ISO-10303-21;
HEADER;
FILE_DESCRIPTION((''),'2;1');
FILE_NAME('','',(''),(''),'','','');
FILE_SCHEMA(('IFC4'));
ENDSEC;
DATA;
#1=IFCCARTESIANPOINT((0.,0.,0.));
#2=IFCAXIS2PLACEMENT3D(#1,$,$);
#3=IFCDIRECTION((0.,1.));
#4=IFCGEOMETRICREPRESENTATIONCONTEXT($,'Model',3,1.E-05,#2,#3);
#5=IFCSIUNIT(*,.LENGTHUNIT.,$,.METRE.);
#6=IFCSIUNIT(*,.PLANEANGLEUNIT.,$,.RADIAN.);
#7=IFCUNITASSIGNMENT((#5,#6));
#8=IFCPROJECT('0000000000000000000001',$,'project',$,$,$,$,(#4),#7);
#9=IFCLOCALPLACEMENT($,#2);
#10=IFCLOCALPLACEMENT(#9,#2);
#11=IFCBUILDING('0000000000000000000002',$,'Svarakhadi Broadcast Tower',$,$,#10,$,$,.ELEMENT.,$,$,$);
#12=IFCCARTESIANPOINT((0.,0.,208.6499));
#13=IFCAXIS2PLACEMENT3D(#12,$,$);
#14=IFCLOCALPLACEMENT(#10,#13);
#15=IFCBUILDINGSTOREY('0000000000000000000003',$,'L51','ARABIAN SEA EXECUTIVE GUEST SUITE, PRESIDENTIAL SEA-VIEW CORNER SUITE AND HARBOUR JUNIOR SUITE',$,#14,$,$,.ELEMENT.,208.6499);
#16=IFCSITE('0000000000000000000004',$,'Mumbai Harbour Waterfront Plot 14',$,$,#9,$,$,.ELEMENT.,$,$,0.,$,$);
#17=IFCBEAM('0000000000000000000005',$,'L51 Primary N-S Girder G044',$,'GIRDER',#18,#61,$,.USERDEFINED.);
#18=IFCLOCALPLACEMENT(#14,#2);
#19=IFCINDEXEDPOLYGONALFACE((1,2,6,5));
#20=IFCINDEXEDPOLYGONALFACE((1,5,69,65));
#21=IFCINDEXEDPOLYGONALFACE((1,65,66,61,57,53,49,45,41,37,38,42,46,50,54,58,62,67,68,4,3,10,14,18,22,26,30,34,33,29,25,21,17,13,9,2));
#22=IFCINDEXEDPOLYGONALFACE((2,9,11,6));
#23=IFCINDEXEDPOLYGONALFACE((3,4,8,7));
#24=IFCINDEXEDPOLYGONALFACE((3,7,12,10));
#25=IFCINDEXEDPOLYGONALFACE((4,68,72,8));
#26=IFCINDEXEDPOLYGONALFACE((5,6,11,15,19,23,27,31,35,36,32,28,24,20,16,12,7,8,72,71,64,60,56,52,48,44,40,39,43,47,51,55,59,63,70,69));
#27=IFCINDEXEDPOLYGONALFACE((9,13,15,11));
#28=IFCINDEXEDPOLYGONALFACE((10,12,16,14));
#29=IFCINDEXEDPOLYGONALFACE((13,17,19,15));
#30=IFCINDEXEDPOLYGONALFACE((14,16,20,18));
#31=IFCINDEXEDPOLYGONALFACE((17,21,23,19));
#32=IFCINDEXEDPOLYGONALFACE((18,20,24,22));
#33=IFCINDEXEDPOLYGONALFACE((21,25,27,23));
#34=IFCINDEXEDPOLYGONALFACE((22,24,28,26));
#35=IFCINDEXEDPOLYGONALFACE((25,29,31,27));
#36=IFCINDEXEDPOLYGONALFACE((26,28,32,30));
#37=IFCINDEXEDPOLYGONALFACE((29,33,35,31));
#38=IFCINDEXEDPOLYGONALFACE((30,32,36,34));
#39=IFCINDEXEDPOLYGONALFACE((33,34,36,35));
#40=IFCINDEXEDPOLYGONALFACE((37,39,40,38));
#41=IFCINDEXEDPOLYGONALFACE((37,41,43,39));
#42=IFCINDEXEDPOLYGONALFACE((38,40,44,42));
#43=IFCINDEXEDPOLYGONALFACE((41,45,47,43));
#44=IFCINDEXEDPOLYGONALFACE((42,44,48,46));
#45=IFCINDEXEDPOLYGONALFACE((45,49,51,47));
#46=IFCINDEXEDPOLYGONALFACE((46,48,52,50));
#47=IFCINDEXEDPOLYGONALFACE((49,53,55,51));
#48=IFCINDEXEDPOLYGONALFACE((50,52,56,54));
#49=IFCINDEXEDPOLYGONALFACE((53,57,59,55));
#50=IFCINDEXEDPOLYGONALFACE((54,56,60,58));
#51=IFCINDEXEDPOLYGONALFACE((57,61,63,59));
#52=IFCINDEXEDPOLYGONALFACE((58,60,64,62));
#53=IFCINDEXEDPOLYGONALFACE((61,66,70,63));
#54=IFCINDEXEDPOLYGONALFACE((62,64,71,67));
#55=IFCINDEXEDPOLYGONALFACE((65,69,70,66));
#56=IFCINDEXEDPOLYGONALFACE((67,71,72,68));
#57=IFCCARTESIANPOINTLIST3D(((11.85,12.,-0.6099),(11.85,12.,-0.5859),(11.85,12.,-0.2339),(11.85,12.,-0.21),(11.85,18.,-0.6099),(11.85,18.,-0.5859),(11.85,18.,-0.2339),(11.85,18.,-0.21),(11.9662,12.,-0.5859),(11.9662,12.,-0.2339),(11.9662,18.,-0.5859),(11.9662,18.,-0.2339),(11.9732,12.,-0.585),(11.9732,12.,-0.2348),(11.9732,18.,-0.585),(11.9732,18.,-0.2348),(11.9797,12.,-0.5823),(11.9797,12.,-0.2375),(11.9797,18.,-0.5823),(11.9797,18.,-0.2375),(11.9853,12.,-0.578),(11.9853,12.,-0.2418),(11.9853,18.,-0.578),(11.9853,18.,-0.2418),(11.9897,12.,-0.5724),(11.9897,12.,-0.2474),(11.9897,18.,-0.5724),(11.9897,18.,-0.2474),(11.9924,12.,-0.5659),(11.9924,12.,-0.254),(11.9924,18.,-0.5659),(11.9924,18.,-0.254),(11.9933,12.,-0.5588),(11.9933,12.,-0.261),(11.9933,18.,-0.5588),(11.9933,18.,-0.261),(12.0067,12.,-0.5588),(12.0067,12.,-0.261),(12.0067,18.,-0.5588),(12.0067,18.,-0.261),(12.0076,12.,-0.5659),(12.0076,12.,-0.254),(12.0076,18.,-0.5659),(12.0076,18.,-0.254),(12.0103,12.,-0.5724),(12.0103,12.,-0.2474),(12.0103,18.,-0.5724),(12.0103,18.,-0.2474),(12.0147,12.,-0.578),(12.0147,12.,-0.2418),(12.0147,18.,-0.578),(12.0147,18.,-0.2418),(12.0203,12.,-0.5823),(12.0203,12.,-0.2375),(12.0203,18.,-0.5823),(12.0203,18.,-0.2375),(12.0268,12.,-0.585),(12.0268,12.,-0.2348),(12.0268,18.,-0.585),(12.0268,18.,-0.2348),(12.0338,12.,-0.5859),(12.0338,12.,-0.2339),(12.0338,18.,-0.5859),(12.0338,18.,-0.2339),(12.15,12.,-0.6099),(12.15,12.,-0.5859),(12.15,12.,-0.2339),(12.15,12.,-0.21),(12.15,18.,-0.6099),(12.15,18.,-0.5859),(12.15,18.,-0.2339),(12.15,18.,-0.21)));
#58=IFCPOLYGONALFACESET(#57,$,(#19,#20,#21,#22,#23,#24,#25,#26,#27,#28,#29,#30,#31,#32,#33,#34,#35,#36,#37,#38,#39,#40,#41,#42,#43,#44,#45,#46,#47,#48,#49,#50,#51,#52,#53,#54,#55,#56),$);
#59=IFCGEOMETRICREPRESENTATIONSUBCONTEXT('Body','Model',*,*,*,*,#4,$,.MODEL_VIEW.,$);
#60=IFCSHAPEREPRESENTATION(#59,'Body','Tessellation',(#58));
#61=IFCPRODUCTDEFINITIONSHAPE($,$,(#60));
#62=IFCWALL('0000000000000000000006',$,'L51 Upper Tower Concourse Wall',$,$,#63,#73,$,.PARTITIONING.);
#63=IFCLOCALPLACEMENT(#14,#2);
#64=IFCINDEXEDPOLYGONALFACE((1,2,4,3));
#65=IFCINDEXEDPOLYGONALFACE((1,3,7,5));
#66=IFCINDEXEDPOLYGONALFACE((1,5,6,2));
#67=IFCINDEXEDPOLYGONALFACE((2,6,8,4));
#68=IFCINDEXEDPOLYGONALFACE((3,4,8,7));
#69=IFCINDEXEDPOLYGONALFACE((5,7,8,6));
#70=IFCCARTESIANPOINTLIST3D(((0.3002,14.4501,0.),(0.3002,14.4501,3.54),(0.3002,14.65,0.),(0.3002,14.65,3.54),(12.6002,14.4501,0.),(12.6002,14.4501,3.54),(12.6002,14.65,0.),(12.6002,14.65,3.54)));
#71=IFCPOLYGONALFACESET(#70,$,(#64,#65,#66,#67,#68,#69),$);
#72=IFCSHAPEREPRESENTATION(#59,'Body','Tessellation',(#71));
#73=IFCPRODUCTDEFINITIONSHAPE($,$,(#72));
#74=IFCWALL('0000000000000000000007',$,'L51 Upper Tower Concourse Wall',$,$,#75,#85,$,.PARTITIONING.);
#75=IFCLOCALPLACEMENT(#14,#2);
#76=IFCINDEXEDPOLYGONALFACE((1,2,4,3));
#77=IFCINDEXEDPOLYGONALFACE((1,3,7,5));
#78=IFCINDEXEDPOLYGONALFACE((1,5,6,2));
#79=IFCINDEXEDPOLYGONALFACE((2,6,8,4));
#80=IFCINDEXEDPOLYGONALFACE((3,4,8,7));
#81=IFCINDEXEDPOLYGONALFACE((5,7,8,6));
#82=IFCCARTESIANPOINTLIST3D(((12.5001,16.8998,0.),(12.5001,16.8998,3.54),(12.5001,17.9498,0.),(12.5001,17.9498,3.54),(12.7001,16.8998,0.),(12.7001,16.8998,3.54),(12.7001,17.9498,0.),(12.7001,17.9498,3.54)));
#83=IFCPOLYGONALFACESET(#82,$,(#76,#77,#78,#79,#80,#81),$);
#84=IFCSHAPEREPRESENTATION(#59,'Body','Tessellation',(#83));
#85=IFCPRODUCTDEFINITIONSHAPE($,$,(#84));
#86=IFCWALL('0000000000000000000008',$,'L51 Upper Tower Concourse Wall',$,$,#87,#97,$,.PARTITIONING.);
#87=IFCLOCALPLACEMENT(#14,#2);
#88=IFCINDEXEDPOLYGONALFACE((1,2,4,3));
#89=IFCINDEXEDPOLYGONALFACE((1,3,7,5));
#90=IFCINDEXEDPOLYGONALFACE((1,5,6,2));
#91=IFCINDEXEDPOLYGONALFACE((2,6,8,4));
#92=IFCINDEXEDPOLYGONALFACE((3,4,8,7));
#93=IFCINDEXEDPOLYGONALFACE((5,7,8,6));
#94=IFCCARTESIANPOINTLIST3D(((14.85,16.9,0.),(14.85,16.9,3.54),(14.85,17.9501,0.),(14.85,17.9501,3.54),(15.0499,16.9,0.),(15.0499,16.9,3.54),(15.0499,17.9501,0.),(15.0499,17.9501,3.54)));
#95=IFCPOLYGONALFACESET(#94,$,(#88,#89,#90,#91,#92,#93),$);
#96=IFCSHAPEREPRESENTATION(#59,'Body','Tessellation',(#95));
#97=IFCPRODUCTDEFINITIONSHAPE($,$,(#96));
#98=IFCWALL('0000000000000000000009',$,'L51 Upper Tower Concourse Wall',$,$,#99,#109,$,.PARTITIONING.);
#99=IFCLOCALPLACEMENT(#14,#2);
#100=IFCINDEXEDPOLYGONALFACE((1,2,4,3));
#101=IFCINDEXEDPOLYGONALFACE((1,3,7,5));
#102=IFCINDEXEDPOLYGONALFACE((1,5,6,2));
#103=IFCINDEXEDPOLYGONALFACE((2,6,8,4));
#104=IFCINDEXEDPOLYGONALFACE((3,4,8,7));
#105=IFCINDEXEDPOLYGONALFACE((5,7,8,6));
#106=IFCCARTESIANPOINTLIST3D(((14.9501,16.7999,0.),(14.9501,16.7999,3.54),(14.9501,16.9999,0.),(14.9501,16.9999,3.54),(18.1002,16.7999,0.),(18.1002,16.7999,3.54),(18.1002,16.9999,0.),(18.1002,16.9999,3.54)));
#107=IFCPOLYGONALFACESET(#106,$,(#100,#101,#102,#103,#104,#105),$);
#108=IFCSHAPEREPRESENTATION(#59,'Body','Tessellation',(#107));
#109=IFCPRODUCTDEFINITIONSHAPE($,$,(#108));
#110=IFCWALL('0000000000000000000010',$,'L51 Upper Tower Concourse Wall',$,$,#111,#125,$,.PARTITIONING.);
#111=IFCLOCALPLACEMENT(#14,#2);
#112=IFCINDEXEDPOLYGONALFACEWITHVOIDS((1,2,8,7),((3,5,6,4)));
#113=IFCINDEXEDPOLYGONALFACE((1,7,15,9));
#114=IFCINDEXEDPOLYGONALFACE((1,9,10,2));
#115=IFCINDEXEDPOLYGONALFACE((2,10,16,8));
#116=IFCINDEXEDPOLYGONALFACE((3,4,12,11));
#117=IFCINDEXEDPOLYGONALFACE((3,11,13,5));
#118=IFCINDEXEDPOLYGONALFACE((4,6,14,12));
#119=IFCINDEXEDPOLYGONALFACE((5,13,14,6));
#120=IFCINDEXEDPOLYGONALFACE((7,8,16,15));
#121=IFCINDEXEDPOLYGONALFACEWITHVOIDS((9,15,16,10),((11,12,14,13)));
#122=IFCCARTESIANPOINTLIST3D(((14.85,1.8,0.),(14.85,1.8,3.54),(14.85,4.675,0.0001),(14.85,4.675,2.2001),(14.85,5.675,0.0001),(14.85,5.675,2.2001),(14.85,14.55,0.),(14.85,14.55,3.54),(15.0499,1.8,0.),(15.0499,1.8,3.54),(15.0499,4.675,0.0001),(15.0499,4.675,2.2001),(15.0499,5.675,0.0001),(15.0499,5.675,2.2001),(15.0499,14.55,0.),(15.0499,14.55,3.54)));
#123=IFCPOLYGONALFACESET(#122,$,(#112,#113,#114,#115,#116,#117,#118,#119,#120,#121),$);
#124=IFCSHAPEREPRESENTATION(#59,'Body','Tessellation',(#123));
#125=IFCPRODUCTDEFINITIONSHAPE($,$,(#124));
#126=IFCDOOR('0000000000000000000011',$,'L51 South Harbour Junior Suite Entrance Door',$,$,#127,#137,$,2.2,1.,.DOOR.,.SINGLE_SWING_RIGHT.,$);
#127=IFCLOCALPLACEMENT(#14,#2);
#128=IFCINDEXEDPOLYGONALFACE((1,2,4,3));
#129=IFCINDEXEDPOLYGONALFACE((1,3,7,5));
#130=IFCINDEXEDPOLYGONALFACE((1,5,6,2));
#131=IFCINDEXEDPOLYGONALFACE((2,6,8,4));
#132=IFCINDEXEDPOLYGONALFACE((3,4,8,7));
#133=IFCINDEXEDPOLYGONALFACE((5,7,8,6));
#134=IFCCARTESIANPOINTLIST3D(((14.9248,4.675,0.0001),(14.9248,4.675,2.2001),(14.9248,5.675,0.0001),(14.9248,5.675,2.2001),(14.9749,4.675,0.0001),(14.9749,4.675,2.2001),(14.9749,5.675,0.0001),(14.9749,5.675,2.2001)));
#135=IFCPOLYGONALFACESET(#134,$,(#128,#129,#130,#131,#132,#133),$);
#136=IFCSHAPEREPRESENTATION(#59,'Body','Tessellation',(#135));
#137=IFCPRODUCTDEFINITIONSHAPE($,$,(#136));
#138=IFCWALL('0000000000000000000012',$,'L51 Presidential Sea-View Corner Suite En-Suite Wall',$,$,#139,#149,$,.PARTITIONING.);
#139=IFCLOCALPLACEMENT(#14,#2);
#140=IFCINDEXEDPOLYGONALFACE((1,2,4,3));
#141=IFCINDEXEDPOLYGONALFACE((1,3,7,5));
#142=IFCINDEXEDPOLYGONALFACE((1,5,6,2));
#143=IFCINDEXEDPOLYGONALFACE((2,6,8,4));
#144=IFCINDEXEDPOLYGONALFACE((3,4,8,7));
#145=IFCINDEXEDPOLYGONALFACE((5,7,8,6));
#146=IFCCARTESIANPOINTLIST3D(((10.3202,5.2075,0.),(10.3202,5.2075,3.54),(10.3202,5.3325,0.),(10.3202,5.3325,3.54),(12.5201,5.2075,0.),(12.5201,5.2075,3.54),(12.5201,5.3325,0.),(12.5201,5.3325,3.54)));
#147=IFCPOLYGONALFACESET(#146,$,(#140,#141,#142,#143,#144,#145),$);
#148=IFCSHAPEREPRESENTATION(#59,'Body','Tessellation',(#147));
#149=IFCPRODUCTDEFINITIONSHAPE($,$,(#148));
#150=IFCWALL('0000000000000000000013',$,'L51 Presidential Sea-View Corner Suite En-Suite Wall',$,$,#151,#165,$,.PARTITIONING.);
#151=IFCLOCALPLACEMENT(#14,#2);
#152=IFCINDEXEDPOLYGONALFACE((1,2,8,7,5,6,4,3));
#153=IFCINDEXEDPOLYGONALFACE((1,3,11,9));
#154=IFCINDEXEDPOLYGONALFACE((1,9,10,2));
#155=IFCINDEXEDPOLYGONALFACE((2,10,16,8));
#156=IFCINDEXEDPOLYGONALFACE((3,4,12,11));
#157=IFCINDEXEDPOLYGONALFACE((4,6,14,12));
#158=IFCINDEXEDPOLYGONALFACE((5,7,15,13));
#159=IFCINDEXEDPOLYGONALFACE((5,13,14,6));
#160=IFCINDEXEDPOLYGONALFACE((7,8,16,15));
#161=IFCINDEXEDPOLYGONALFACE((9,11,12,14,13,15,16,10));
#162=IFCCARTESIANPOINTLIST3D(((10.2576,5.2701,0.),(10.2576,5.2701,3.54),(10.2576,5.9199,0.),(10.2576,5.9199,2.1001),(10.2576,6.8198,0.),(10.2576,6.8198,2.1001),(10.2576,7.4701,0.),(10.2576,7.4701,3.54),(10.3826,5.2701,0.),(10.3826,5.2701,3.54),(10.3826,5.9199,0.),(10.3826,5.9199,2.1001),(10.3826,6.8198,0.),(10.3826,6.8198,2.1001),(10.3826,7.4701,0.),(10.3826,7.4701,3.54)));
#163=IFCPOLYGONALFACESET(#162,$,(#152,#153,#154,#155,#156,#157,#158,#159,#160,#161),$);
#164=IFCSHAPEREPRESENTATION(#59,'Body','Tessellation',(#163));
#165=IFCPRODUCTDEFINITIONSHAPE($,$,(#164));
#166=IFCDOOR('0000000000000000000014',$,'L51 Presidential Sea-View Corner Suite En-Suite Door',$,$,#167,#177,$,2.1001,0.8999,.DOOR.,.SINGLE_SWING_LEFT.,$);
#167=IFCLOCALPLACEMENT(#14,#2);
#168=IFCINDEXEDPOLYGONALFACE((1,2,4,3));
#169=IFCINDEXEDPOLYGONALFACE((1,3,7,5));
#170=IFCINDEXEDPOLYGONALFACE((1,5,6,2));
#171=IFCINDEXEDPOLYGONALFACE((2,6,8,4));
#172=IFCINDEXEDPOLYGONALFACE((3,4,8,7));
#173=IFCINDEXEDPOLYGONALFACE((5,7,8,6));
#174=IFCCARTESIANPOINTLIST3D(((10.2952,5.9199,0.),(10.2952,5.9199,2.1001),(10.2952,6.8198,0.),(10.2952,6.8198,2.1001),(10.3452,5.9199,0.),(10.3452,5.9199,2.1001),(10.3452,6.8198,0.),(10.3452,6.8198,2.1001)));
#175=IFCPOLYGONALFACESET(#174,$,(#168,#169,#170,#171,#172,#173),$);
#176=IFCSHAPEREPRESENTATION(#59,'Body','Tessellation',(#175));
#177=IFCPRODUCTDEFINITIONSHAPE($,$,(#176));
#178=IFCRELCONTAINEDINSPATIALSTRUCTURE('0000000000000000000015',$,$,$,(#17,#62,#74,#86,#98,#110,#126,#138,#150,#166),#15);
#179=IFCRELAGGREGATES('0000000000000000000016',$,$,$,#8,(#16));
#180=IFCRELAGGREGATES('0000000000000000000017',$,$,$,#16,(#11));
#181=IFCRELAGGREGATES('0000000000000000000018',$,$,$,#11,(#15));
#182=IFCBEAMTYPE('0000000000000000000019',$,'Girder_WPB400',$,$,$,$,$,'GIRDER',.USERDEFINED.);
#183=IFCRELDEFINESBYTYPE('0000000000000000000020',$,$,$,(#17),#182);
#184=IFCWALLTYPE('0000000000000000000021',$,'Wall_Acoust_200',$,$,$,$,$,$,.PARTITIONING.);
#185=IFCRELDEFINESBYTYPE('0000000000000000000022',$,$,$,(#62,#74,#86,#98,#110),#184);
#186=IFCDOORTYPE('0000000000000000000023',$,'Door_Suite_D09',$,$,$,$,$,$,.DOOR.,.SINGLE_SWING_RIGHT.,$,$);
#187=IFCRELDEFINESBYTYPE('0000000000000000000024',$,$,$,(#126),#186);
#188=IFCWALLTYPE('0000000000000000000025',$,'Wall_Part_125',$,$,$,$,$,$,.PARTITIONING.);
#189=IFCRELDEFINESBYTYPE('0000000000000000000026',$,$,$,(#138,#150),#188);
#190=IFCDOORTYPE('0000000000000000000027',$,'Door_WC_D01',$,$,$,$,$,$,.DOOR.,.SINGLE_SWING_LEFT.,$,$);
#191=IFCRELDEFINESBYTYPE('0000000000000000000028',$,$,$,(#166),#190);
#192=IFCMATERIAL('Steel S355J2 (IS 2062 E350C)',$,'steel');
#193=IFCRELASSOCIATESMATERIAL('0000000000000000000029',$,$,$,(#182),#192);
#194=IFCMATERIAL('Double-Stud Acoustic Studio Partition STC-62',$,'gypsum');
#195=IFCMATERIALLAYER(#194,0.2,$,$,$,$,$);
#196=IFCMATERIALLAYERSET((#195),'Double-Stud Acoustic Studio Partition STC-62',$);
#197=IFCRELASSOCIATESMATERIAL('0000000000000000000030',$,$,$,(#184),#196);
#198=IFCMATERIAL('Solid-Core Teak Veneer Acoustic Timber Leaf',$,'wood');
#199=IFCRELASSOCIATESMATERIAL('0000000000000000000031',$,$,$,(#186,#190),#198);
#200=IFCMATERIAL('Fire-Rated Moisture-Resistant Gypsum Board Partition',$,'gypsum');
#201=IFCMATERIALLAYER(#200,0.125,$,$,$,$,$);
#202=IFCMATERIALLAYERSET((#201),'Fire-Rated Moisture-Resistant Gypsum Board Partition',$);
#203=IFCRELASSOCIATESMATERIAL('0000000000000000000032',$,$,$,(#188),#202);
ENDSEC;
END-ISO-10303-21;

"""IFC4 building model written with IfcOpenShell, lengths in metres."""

from ifc_helpers import new_model, si_unit, direction, frame, frame_2d, origin, origin_2d, place, context, subcontext, project, spatial, rectangle, i_section, extrude, material, layer, layer_set, material_profile, profile_set, type_object, element, fill, save


model = new_model("IFC4")

# Units and contexts
model_context = context("Model", 3, precision=1e-05, world=origin(), true_north=direction((0.0, 1.0)))
body_context = subcontext(model_context, "Body", "Model", "MODEL_VIEW")
ifc_project = project(units=[si_unit("LENGTHUNIT", "METRE"), si_unit("PLANEANGLEUNIT", "RADIAN")], contexts=[model_context])

# Site, building, storey
site_placement = place(None, origin())
site = spatial("IfcSite", under=ifc_project, at=site_placement, Name="Mumbai Harbour Waterfront Plot 14", CompositionType="ELEMENT", RefElevation=0.0)
building_placement = place(site_placement, origin())
building = spatial("IfcBuilding", under=site, at=building_placement, Name="Svarakhadi Broadcast Tower", CompositionType="ELEMENT")
storey_placement = place(building_placement, frame((0.0, 0.0, 208.6499)))
storey = spatial("IfcBuildingStorey", under=building, at=storey_placement, Name="L51", Description="ARABIAN SEA EXECUTIVE GUEST SUITE, PRESIDENTIAL SEA-VIEW CORNER SUITE AND HARBOUR JUNIOR SUITE", CompositionType="ELEMENT", Elevation=208.6499)

# Beam
ifc_material_1 = material(Name="Steel S355J2 (IS 2062 E350C)", Category="steel")
ifc_material_profile_1 = material_profile(ifc_material_1, i_section(OverallWidth=0.3, OverallDepth=0.3999, WebThickness=0.0134, FlangeThickness=0.0239, FilletRadius=0.0271, at=origin_2d()), Name="WPB 400x300x155")
ifc_profile_set_1 = profile_set([ifc_material_profile_1], Name="Steel S355J2 (IS 2062 E350C)")
beam_type_1 = type_object("IfcBeamType", Name="Girder_WPB400", ElementType="GIRDER", PredefinedType="USERDEFINED", material=ifc_profile_set_1)
for number, where, z_axis, x_axis, name in (
    (1, (12.0, 12.0, -0.4099), (0.0, 1.0, 0.0), (-1.0, 0.0, 0.0), "L51 Primary N-S Girder G044"),
):
    element("IfcBeam", number, at=place(storey_placement, frame(where, z_axis=z_axis, x_axis=x_axis)), inside=storey, type_object=beam_type_1, Name=name, ObjectType="GIRDER", PredefinedType="USERDEFINED", context=body_context, shape_type="SweptSolid", body=[
        extrude(i_section(OverallWidth=0.3, OverallDepth=0.3999, WebThickness=0.0134, FlangeThickness=0.0239, FilletRadius=0.0271, at=origin_2d()), origin(), (0.0, 0.0, 1.0), 6.0),
    ])

# Walls
ifc_material_2 = material(Name="Double-Stud Acoustic Studio Partition STC-62", Category="gypsum")
ifc_layer_1 = layer(ifc_material_2, 0.2)
ifc_layer_set_1 = layer_set([ifc_layer_1], Name="Double-Stud Acoustic Studio Partition STC-62")
wall_type_1 = type_object("IfcWallType", Name="Wall_Acoust_200", PredefinedType="PARTITIONING", material=ifc_layer_set_1)
wall_1_placement = place(storey_placement, frame((12.6001, 14.55, 0.0), z_axis=(0.0, 0.0, 1.0), x_axis=(-1.0, 0.0, 0.0)))
element("IfcWall", 2, at=wall_1_placement, inside=storey, type_object=wall_type_1, Name="L51 Upper Tower Concourse Wall", PredefinedType="PARTITIONING", context=body_context, shape_type="SweptSolid", body=[
    extrude(rectangle(XDim=12.3, YDim=0.2, at=frame_2d((6.1499, 0.0))), origin(), (0.0, 0.0, 1.0), 3.54),
])
for number, where, z_axis, x_axis, name in (
    (3, (12.6001, 16.8999, 0.0), (0.0, 0.0, 1.0), (0.0, 1.0, 0.0), "L51 Upper Tower Concourse Wall"),
    (4, (14.95, 17.95, 0.0), (0.0, 0.0, 1.0), (0.0, -1.0, 0.0), "L51 Upper Tower Concourse Wall"),
):
    element("IfcWall", number, at=place(storey_placement, frame(where, z_axis=z_axis, x_axis=x_axis)), inside=storey, type_object=wall_type_1, Name=name, PredefinedType="PARTITIONING", context=body_context, shape_type="SweptSolid", body=[
        extrude(rectangle(XDim=1.05, YDim=0.2, at=frame_2d((0.5249, 0.0))), origin(), (0.0, 0.0, 1.0), 3.54),
    ])
wall_2_placement = place(storey_placement, frame((14.95, 16.8999, 0.0), z_axis=(0.0, 0.0, 1.0), x_axis=(1.0, 0.0, 0.0)))
element("IfcWall", 5, at=wall_2_placement, inside=storey, type_object=wall_type_1, Name="L51 Upper Tower Concourse Wall", PredefinedType="PARTITIONING", context=body_context, shape_type="SweptSolid", body=[
    extrude(rectangle(XDim=3.1501, YDim=0.2, at=frame_2d((1.5752, 0.0))), origin(), (0.0, 0.0, 1.0), 3.54),
])

# Wall, opening, door
wall_3_placement = place(storey_placement, frame((14.95, 14.55, 0.0), z_axis=(0.0, 0.0, 1.0), x_axis=(0.0, -1.0, 0.0)))
wall_3 = element("IfcWall", 6, at=wall_3_placement, inside=storey, type_object=wall_type_1, Name="L51 Upper Tower Concourse Wall", PredefinedType="PARTITIONING", context=body_context, shape_type="SweptSolid", body=[
    extrude(rectangle(XDim=12.75, YDim=0.2, at=frame_2d((6.375, 0.0))), origin(), (0.0, 0.0, 1.0), 3.54),
])
opening_1_placement = place(wall_3_placement, frame((8.875, 0.0, 0.0)))
opening_1 = element("IfcOpeningElement", 7, at=opening_1_placement, cuts=wall_3, PredefinedType="OPENING", context=body_context, shape_type="SweptSolid", body=[
    extrude(rectangle(XDim=1.0, YDim=2.2, at=frame_2d((0.5, 1.1001))), frame((0.0, 0.1099, 0.0), z_axis=(0.0, -1.0, 0.0), x_axis=(1.0, 0.0, 0.0)), (0.0, 0.0, 1.0), 0.22),
])
ifc_material_3 = material(Name="Solid-Core Teak Veneer Acoustic Timber Leaf", Category="wood")
door_type_1 = type_object("IfcDoorType", Name="Door_Suite_D09", OperationType="SINGLE_SWING_RIGHT", PredefinedType="DOOR", material=ifc_material_3)
door_1_placement = place(opening_1_placement, origin())
door_1 = element("IfcDoor", 8, at=door_1_placement, inside=storey, type_object=door_type_1, Name="L51 South Harbour Junior Suite Entrance Door", OperationType="SINGLE_SWING_RIGHT", OverallHeight=2.2, OverallWidth=1.0, PredefinedType="DOOR", context=body_context, shape_type="SweptSolid", body=[
    extrude(rectangle(XDim=1.0, YDim=2.2, at=frame_2d((0.5, 1.1001))), frame((0.0, 0.0249, 0.0), z_axis=(0.0, -1.0, 0.0), x_axis=(1.0, 0.0, 0.0)), (0.0, 0.0, 1.0), 0.05),
])
fill(opening_1, door_1)

# Wall
ifc_material_4 = material(Name="Fire-Rated Moisture-Resistant Gypsum Board Partition", Category="gypsum")
ifc_layer_2 = layer(ifc_material_4, 0.125)
ifc_layer_set_2 = layer_set([ifc_layer_2], Name="Fire-Rated Moisture-Resistant Gypsum Board Partition")
wall_type_2 = type_object("IfcWallType", Name="Wall_Part_125", PredefinedType="PARTITIONING", material=ifc_layer_set_2)
wall_4_placement = place(storey_placement, frame((10.3201, 5.27, 0.0), z_axis=(0.0, 0.0, 1.0), x_axis=(1.0, 0.0, 0.0)))
element("IfcWall", 9, at=wall_4_placement, inside=storey, type_object=wall_type_2, Name="L51 Presidential Sea-View Corner Suite En-Suite Wall", PredefinedType="PARTITIONING", context=body_context, shape_type="SweptSolid", body=[
    extrude(rectangle(XDim=2.2, YDim=0.125, at=frame_2d((1.1001, 0.0))), origin(), (0.0, 0.0, 1.0), 3.54),
])

# Wall, opening, door
wall_5_placement = place(storey_placement, frame((10.3201, 5.27, 0.0), z_axis=(0.0, 0.0, 1.0), x_axis=(0.0, 1.0, 0.0)))
wall_5 = element("IfcWall", 10, at=wall_5_placement, inside=storey, type_object=wall_type_2, Name="L51 Presidential Sea-View Corner Suite En-Suite Wall", PredefinedType="PARTITIONING", context=body_context, shape_type="SweptSolid", body=[
    extrude(rectangle(XDim=2.2, YDim=0.125, at=frame_2d((1.1001, 0.0))), origin(), (0.0, 0.0, 1.0), 3.54),
])
opening_2_placement = place(wall_5_placement, frame((0.6499, 0.0, 0.0)))
opening_2 = element("IfcOpeningElement", 11, at=opening_2_placement, cuts=wall_5, PredefinedType="OPENING", context=body_context, shape_type="SweptSolid", body=[
    extrude(rectangle(XDim=0.8999, YDim=2.1001, at=frame_2d((0.45, 1.05))), frame((0.0, 0.0725, 0.0), z_axis=(0.0, -1.0, 0.0), x_axis=(1.0, 0.0, 0.0)), (0.0, 0.0, 1.0), 0.145),
])
door_type_2 = type_object("IfcDoorType", Name="Door_WC_D01", OperationType="SINGLE_SWING_LEFT", PredefinedType="DOOR", material=ifc_material_3)
door_2_placement = place(opening_2_placement, origin())
door_2 = element("IfcDoor", 12, at=door_2_placement, inside=storey, type_object=door_type_2, Name="L51 Presidential Sea-View Corner Suite En-Suite Door", OperationType="SINGLE_SWING_LEFT", OverallHeight=2.1001, OverallWidth=0.8999, PredefinedType="DOOR", context=body_context, shape_type="SweptSolid", body=[
    extrude(rectangle(XDim=0.8999, YDim=2.1001, at=frame_2d((0.45, 1.05))), frame((0.0, 0.0249, 0.0), z_axis=(0.0, -1.0, 0.0), x_axis=(1.0, 0.0, 0.0)), (0.0, 0.0, 1.0), 0.05),
])
fill(opening_2, door_2)

save(model, "model.ifc")
